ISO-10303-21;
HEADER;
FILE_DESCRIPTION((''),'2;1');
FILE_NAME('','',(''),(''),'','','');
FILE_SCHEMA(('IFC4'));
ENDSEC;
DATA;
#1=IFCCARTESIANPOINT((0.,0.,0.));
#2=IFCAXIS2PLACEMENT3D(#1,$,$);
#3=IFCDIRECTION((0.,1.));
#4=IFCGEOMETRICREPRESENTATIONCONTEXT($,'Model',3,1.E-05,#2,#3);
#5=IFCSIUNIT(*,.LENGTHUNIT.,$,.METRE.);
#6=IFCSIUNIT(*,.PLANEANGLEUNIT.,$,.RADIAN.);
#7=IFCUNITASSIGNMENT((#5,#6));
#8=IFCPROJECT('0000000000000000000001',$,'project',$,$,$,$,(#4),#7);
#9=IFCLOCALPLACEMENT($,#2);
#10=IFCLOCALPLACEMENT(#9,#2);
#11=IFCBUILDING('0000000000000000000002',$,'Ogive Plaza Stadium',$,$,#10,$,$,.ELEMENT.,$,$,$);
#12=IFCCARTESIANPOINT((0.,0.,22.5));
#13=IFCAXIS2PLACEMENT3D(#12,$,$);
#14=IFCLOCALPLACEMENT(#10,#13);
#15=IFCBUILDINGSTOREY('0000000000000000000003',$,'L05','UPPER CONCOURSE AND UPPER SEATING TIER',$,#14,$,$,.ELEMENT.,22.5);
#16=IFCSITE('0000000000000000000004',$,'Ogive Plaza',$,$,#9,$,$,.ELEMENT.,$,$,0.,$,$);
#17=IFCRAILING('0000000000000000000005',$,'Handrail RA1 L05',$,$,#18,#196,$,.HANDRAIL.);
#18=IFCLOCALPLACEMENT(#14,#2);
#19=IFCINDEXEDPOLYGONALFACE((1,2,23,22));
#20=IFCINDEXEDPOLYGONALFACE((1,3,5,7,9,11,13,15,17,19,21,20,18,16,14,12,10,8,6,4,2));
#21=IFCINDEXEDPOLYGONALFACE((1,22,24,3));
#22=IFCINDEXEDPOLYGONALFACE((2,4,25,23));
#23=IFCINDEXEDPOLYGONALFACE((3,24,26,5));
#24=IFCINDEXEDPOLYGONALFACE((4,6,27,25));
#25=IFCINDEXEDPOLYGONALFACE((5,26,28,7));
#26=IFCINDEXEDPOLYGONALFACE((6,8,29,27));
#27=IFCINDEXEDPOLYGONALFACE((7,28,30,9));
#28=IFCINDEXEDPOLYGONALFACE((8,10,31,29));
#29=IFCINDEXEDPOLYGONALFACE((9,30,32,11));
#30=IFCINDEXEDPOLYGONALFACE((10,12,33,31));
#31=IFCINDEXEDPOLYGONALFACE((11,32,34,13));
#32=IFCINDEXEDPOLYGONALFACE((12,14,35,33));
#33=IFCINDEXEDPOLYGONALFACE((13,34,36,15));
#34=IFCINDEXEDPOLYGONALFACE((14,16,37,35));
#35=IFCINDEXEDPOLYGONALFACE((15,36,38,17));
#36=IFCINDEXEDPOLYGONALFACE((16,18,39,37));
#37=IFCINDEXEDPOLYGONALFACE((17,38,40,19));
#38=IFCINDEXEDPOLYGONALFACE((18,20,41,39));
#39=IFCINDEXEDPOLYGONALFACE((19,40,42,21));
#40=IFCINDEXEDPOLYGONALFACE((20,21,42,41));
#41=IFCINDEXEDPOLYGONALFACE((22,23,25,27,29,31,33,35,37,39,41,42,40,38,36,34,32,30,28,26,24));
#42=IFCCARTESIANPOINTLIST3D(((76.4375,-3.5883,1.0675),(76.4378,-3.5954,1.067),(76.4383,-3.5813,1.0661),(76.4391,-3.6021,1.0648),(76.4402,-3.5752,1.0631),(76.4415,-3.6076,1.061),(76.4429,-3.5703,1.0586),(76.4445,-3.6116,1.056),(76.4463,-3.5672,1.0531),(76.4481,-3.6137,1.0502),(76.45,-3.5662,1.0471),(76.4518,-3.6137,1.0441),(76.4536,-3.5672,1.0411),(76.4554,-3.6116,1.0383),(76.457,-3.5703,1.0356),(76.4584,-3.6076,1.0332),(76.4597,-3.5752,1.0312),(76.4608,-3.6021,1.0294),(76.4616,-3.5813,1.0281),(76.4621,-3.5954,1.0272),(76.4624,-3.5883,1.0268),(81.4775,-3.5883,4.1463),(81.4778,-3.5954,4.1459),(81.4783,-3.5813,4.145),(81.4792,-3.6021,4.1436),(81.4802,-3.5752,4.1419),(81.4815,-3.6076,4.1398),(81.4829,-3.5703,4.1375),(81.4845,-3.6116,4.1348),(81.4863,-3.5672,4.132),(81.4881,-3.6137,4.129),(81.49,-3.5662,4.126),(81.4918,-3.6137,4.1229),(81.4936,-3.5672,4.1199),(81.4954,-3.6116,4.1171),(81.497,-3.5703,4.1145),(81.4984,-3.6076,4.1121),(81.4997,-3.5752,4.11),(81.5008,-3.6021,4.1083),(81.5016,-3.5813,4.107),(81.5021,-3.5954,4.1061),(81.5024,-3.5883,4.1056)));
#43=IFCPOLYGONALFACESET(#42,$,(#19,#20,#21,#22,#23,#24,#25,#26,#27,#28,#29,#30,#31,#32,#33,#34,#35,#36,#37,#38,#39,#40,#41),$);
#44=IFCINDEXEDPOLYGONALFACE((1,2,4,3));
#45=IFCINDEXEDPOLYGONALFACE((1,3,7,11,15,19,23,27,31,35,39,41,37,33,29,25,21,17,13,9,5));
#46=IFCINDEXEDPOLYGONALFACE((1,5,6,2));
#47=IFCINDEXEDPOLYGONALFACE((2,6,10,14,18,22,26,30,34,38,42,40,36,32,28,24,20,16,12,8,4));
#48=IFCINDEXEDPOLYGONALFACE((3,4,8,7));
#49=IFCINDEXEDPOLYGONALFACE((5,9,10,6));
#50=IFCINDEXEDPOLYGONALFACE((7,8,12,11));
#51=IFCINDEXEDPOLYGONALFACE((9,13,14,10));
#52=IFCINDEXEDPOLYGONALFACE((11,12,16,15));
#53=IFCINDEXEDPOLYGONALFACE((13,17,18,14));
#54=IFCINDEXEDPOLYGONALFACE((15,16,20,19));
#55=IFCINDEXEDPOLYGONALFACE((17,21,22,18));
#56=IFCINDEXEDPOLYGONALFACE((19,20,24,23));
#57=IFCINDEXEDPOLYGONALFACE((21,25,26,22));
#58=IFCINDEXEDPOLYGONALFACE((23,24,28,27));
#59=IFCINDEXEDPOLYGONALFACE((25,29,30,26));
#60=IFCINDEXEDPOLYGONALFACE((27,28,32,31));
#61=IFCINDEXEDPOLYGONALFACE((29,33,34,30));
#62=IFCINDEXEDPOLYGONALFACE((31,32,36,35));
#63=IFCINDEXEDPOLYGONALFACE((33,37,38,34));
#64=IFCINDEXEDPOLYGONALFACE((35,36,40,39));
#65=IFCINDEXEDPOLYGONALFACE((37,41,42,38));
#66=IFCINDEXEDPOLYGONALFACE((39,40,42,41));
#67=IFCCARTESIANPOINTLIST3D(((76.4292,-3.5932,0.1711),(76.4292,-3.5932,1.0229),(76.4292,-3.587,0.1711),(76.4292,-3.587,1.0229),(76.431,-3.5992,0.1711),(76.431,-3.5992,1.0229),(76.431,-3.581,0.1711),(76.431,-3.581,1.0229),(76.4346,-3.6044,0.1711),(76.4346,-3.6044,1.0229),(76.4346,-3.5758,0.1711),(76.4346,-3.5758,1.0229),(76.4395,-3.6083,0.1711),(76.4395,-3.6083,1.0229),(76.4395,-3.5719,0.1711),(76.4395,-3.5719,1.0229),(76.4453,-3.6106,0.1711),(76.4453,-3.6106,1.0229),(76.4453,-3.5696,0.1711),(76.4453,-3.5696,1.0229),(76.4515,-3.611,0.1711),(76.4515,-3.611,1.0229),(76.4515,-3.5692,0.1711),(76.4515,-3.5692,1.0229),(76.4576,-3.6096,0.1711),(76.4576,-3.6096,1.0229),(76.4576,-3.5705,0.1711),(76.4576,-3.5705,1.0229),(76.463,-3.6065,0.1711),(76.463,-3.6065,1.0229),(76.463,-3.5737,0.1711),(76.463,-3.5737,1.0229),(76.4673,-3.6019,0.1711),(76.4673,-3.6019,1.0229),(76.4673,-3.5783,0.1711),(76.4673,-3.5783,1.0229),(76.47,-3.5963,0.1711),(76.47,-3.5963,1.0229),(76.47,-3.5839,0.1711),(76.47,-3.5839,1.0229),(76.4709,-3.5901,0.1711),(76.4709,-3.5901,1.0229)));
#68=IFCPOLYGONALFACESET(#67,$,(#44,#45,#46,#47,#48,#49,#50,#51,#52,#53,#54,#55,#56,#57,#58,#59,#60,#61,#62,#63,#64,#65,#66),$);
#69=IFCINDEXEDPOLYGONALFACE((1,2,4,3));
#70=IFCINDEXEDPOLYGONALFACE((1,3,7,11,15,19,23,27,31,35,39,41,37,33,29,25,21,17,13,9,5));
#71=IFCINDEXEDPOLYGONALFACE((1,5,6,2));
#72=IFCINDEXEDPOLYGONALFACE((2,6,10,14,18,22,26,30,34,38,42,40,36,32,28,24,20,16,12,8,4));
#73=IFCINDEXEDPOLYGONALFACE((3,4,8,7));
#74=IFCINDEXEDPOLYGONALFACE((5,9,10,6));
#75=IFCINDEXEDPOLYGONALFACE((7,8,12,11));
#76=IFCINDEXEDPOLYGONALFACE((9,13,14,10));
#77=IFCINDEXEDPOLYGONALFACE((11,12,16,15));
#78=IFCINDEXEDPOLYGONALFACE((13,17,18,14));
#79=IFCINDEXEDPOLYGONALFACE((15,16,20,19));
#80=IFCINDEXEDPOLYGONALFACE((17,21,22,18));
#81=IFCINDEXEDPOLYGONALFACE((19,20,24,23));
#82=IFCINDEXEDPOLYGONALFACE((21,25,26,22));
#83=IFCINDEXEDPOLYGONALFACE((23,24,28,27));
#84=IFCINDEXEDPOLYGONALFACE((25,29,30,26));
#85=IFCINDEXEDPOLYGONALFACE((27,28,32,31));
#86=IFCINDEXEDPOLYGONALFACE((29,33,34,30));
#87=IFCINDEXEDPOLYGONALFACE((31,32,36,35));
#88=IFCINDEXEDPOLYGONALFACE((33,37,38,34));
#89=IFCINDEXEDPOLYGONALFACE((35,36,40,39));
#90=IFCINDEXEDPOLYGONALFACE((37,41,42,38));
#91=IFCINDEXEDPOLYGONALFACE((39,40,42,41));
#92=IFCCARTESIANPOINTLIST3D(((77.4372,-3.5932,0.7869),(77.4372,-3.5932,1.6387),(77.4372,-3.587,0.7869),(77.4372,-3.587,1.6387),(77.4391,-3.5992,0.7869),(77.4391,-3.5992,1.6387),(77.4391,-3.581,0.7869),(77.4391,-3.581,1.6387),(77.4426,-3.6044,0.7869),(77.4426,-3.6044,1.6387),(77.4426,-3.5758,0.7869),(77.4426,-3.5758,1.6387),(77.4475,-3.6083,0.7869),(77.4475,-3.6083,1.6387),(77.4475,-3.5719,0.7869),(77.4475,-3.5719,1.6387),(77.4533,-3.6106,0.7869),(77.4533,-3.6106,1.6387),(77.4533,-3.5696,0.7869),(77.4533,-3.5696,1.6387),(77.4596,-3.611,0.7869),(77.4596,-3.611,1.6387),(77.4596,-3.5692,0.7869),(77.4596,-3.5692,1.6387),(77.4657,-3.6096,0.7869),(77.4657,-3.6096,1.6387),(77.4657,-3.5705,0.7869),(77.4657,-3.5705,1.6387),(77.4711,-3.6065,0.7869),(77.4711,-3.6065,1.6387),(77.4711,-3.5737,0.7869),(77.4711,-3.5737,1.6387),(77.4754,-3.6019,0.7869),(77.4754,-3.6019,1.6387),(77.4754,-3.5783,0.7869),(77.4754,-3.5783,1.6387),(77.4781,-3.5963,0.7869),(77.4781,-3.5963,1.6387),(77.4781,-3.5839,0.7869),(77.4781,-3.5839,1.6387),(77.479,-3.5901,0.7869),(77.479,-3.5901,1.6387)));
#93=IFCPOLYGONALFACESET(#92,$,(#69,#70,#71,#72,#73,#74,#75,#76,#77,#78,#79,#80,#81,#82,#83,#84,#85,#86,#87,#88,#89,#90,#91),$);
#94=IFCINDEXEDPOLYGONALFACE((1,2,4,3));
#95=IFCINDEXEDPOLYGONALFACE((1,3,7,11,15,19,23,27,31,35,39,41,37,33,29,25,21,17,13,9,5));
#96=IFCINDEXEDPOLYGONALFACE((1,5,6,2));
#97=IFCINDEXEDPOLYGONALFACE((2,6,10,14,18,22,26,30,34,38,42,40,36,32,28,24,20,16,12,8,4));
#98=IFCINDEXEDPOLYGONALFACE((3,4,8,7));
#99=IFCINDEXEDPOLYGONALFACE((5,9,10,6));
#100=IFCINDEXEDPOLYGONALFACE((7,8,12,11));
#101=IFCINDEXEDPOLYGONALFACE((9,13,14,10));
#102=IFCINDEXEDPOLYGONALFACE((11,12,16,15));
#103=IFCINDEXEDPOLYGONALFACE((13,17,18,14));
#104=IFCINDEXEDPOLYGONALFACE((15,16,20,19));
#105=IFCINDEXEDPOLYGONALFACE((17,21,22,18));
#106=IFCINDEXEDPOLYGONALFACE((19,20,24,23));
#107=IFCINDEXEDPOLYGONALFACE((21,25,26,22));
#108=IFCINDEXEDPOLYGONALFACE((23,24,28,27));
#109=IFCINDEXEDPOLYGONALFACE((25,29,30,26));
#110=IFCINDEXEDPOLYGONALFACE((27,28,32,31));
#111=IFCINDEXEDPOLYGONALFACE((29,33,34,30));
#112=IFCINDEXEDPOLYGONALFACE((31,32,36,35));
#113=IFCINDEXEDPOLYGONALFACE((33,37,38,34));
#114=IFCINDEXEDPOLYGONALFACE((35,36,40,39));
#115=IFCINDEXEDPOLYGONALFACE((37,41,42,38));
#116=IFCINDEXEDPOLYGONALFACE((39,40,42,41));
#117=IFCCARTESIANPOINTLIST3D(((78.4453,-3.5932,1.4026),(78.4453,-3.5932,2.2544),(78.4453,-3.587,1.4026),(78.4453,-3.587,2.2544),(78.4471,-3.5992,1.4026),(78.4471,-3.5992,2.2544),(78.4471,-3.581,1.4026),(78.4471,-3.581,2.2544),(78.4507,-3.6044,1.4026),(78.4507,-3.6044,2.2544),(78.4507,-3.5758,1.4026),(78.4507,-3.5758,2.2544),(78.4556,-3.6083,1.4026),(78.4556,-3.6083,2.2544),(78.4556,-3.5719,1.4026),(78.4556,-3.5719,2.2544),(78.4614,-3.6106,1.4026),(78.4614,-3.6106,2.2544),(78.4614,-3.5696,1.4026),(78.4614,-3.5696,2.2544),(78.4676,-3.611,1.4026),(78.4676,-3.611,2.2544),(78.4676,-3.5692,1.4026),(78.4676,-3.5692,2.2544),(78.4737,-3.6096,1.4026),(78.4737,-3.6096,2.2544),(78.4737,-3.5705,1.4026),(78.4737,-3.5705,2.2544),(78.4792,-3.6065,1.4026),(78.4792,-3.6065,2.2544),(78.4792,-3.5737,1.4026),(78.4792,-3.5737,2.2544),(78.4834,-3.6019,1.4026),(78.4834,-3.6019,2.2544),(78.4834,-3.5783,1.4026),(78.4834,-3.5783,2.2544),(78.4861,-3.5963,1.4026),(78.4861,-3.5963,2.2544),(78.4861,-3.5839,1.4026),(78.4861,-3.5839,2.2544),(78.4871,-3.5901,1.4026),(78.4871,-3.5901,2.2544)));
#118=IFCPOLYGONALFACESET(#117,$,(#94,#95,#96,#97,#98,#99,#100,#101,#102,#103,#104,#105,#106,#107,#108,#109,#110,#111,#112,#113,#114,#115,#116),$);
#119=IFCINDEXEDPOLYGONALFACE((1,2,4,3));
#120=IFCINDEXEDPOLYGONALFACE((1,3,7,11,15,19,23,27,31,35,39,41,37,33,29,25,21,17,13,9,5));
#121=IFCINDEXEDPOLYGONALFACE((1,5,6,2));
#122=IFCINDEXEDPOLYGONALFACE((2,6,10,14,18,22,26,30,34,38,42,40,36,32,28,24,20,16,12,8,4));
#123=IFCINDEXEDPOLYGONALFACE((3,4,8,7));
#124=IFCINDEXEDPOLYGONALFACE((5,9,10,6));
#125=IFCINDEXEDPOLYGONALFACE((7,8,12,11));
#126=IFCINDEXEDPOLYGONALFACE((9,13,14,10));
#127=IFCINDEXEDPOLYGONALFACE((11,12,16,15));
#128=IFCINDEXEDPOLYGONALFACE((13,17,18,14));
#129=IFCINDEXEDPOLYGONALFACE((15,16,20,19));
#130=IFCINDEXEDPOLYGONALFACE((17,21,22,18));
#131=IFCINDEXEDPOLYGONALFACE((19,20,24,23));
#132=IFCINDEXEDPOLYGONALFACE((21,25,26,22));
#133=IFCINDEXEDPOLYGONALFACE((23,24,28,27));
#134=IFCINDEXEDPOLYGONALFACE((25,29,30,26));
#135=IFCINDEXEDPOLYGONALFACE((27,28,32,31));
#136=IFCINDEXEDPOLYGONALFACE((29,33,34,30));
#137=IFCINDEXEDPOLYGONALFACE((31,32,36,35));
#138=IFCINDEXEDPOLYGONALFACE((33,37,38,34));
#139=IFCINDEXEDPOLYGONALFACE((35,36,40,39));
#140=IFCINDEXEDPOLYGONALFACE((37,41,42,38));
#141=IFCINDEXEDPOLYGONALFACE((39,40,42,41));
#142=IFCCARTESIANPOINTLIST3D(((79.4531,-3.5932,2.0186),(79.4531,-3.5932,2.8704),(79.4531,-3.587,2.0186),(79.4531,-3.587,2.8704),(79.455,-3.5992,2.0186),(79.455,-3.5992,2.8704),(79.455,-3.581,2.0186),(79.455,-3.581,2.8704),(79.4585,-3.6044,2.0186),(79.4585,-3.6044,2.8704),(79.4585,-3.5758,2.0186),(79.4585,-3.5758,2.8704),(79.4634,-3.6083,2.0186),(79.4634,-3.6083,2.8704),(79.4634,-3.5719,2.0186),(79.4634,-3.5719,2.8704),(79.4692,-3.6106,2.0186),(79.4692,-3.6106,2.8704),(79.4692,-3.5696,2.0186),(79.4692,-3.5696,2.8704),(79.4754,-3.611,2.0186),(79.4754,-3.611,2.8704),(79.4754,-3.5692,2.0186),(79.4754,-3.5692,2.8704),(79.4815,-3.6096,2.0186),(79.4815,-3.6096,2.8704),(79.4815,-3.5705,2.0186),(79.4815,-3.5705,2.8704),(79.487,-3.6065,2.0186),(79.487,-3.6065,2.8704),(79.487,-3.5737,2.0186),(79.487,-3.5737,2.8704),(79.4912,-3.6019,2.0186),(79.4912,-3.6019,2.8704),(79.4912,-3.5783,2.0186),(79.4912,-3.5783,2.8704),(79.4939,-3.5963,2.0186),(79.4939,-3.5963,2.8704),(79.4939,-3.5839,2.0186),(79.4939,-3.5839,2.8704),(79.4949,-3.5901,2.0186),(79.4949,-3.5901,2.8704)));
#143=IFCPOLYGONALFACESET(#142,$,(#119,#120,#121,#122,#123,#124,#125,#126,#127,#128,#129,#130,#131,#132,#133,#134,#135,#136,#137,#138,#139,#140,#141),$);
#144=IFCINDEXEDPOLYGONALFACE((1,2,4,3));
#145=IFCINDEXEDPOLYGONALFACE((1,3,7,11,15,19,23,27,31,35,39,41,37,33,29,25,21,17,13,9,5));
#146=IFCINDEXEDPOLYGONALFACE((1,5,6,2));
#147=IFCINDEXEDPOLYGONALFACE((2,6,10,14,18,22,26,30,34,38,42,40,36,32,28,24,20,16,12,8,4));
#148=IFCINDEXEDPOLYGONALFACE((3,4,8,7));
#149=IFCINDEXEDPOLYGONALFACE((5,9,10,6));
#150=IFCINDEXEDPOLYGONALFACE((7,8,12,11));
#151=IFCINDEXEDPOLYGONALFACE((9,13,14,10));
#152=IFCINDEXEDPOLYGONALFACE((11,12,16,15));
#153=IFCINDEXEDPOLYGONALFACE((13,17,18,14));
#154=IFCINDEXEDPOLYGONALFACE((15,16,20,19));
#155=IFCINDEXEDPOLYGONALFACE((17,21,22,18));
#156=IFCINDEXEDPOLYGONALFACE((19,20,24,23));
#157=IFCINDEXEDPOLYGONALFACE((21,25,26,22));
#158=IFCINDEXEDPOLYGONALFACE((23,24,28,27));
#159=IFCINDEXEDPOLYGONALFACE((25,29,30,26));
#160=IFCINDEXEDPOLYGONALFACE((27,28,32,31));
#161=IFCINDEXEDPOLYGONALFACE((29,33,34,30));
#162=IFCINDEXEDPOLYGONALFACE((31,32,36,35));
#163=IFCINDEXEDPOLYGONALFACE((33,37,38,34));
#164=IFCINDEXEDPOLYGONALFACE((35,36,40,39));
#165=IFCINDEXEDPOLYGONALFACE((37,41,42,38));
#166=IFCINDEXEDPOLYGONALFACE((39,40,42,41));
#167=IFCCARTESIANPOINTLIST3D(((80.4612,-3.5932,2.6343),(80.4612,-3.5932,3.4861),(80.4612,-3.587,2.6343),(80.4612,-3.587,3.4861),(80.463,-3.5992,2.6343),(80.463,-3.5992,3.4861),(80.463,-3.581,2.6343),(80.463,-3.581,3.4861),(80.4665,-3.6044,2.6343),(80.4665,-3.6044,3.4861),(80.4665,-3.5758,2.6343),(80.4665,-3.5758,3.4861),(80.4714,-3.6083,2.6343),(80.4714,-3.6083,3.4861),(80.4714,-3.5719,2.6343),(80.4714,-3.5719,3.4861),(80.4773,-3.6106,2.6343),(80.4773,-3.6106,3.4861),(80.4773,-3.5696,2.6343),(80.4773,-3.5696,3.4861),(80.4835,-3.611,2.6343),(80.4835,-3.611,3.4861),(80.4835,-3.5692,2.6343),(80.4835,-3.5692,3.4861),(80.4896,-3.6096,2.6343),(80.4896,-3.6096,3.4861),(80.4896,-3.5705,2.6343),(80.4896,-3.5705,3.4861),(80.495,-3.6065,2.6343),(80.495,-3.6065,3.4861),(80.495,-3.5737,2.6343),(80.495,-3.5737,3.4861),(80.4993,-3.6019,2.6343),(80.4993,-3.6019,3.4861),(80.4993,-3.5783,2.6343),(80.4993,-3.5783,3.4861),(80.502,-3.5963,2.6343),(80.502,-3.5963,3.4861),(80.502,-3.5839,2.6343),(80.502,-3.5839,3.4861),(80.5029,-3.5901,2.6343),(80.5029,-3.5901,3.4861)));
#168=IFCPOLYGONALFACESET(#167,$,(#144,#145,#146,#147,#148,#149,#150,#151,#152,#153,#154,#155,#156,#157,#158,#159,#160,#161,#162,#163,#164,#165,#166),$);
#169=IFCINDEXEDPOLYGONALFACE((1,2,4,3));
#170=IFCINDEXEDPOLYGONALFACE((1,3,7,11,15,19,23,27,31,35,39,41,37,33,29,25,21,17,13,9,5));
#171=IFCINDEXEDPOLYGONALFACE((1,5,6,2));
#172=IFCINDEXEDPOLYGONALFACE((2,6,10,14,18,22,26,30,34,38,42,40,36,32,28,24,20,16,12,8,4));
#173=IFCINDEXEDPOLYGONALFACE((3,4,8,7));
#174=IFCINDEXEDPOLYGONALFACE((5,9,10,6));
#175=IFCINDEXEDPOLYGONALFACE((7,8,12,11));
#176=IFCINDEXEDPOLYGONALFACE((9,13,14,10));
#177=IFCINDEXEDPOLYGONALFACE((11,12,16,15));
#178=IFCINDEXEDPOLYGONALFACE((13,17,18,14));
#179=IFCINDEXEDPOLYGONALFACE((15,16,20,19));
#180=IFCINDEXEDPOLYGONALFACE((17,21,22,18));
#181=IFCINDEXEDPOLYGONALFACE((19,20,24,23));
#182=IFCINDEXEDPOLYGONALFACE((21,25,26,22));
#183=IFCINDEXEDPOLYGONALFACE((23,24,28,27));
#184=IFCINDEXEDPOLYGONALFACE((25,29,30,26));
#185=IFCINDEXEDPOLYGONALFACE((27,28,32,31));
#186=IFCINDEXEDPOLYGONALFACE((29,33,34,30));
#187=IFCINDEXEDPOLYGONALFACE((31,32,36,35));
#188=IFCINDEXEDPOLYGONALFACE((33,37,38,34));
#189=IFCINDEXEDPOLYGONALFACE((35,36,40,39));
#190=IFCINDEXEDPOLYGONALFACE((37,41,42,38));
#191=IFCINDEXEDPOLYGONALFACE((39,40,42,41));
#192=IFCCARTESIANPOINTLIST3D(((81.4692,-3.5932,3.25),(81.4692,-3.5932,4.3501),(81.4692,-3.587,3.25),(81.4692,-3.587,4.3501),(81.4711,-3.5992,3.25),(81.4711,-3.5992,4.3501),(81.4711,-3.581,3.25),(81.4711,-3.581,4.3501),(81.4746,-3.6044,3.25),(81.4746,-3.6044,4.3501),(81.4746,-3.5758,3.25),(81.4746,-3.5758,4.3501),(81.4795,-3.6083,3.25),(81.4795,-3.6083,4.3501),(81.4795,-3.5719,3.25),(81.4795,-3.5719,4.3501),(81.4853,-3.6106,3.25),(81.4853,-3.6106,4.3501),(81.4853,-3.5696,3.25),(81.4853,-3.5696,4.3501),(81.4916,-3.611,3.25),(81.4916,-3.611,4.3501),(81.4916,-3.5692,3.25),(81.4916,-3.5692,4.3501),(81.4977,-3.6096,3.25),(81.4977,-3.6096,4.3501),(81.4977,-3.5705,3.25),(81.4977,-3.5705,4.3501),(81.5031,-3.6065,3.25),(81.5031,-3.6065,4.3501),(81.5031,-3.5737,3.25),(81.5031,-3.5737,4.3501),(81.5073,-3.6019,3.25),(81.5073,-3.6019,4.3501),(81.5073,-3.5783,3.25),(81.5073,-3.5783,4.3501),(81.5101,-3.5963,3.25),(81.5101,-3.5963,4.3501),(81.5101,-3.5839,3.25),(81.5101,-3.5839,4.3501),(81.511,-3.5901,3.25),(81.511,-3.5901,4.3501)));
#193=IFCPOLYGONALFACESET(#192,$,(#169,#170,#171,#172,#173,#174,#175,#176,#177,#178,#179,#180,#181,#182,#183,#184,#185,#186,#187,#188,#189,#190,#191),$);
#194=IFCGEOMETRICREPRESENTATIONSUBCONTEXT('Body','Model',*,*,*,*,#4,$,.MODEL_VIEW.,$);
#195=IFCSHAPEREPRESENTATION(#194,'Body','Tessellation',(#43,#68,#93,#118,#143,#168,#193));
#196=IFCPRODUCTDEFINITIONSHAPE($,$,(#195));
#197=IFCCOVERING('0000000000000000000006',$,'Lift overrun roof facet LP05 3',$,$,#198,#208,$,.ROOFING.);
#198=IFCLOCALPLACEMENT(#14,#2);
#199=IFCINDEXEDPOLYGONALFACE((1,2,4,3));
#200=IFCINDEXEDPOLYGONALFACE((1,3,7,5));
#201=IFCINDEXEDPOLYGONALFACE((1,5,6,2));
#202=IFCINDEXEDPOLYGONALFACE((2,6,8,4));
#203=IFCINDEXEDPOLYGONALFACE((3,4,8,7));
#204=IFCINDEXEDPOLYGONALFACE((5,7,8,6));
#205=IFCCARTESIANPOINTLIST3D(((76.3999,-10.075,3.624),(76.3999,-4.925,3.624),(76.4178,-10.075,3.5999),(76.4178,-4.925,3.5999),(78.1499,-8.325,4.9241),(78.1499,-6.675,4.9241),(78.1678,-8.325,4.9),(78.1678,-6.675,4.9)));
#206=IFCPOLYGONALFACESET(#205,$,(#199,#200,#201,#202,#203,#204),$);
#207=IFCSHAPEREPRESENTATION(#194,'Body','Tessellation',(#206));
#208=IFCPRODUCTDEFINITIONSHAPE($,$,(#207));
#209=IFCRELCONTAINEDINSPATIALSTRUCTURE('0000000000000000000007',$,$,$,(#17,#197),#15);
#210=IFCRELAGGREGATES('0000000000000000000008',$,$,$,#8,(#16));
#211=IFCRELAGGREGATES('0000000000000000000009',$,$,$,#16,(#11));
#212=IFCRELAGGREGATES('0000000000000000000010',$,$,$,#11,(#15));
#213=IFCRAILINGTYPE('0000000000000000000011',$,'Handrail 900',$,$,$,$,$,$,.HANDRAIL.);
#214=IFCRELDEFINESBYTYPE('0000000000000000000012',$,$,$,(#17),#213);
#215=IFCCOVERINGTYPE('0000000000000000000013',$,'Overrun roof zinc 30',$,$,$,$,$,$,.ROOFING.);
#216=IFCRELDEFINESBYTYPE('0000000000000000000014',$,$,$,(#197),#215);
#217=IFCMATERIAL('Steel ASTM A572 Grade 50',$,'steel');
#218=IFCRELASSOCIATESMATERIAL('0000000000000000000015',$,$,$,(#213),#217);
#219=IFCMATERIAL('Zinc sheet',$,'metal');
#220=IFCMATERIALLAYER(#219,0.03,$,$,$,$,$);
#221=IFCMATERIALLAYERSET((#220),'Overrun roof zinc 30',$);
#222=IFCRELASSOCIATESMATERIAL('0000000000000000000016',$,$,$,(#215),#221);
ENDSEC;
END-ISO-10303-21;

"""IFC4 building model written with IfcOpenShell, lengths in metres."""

from ifc_helpers import new_model, si_unit, direction, frame, origin, origin_2d, place, context, subcontext, project, spatial, polyline, circle, outline, extrude, material, layer, layer_set, type_object, element, save


model = new_model("IFC4")

# Units and contexts
model_context = context("Model", 3, precision=1e-05, world=origin(), true_north=direction((0.0, 1.0)))
body_context = subcontext(model_context, "Body", "Model", "MODEL_VIEW")
ifc_project = project(units=[si_unit("LENGTHUNIT", "METRE"), si_unit("PLANEANGLEUNIT", "RADIAN")], contexts=[model_context])

# Site, building, storey
site_placement = place(None, origin())
site = spatial("IfcSite", under=ifc_project, at=site_placement, Name="Ogive Plaza", CompositionType="ELEMENT", RefElevation=0.0)
building_placement = place(site_placement, origin())
building = spatial("IfcBuilding", under=site, at=building_placement, Name="Ogive Plaza Stadium", CompositionType="ELEMENT")
storey_placement = place(building_placement, frame((0.0, 0.0, 22.5)))
storey = spatial("IfcBuildingStorey", under=building, at=storey_placement, Name="L05", Description="UPPER CONCOURSE AND UPPER SEATING TIER", CompositionType="ELEMENT", Elevation=22.5)

# Railing
ifc_material_1 = material(Name="Steel ASTM A572 Grade 50", Category="steel")
railing_type_1 = type_object("IfcRailingType", Name="Handrail 900", PredefinedType="HANDRAIL", material=ifc_material_1)
for number, where, name in (
    (1, (76.45, -3.5901, 0.1711), "Handrail RA1 L05"),
):
    element("IfcRailing", number, at=place(storey_placement, frame(where)), inside=storey, type_object=railing_type_1, Name=name, PredefinedType="HANDRAIL", context=body_context, shape_type="SweptSolid", body=[
        extrude(circle(Radius=0.0239, at=origin_2d()), frame((0.0, 0.0, 0.876), z_axis=(0.85337, 0.0, 0.521306), x_axis=(0.0, 1.0, 0.0)), (0.0, 0.0, 1.0), 5.906),
        extrude(circle(Radius=0.021, at=origin_2d()), origin(), (0.0, 0.0, 1.0), 0.8518),
        extrude(circle(Radius=0.021, at=origin_2d()), frame((1.0081, 0.0, 0.6157)), (0.0, 0.0, 1.0), 0.8518),
        extrude(circle(Radius=0.021, at=origin_2d()), frame((2.0161, 0.0, 1.2314)), (0.0, 0.0, 1.0), 0.8518),
        extrude(circle(Radius=0.021, at=origin_2d()), frame((3.0239, 0.0, 1.8474)), (0.0, 0.0, 1.0), 0.8518),
        extrude(circle(Radius=0.021, at=origin_2d()), frame((4.032, 0.0, 2.4631)), (0.0, 0.0, 1.0), 0.8518),
        extrude(circle(Radius=0.021, at=origin_2d()), frame((5.04, 0.0, 3.0789)), (0.0, 0.0, 1.0), 1.1001),
    ])

# Covering
ifc_material_2 = material(Name="Zinc sheet", Category="metal")
ifc_layer_1 = layer(ifc_material_2, 0.03)
ifc_layer_set_1 = layer_set([ifc_layer_1], Name="Overrun roof zinc 30")
covering_type = type_object("IfcCoveringType", Name="Overrun roof zinc 30", PredefinedType="ROOFING", material=ifc_layer_set_1)
covering_1_placement = place(storey_placement, frame((76.3999, -4.925, 3.624), z_axis=(-0.596338, 0.0, 0.802733), x_axis=(0.0, -1.0, 0.0)))
element("IfcCovering", 2, at=covering_1_placement, inside=storey, type_object=covering_type, Name="Lift overrun roof facet LP05 3", PredefinedType="ROOFING", context=body_context, shape_type="SweptSolid", body=[
    extrude(outline(polyline([(0.0, 0.0), (5.1499, 0.0), (3.3999, 2.1801), (1.75, 2.1801), (0.0, 0.0)])), origin(), (0.0, 0.0, -1.0), 0.03),
])

save(model, "model.ifc")
